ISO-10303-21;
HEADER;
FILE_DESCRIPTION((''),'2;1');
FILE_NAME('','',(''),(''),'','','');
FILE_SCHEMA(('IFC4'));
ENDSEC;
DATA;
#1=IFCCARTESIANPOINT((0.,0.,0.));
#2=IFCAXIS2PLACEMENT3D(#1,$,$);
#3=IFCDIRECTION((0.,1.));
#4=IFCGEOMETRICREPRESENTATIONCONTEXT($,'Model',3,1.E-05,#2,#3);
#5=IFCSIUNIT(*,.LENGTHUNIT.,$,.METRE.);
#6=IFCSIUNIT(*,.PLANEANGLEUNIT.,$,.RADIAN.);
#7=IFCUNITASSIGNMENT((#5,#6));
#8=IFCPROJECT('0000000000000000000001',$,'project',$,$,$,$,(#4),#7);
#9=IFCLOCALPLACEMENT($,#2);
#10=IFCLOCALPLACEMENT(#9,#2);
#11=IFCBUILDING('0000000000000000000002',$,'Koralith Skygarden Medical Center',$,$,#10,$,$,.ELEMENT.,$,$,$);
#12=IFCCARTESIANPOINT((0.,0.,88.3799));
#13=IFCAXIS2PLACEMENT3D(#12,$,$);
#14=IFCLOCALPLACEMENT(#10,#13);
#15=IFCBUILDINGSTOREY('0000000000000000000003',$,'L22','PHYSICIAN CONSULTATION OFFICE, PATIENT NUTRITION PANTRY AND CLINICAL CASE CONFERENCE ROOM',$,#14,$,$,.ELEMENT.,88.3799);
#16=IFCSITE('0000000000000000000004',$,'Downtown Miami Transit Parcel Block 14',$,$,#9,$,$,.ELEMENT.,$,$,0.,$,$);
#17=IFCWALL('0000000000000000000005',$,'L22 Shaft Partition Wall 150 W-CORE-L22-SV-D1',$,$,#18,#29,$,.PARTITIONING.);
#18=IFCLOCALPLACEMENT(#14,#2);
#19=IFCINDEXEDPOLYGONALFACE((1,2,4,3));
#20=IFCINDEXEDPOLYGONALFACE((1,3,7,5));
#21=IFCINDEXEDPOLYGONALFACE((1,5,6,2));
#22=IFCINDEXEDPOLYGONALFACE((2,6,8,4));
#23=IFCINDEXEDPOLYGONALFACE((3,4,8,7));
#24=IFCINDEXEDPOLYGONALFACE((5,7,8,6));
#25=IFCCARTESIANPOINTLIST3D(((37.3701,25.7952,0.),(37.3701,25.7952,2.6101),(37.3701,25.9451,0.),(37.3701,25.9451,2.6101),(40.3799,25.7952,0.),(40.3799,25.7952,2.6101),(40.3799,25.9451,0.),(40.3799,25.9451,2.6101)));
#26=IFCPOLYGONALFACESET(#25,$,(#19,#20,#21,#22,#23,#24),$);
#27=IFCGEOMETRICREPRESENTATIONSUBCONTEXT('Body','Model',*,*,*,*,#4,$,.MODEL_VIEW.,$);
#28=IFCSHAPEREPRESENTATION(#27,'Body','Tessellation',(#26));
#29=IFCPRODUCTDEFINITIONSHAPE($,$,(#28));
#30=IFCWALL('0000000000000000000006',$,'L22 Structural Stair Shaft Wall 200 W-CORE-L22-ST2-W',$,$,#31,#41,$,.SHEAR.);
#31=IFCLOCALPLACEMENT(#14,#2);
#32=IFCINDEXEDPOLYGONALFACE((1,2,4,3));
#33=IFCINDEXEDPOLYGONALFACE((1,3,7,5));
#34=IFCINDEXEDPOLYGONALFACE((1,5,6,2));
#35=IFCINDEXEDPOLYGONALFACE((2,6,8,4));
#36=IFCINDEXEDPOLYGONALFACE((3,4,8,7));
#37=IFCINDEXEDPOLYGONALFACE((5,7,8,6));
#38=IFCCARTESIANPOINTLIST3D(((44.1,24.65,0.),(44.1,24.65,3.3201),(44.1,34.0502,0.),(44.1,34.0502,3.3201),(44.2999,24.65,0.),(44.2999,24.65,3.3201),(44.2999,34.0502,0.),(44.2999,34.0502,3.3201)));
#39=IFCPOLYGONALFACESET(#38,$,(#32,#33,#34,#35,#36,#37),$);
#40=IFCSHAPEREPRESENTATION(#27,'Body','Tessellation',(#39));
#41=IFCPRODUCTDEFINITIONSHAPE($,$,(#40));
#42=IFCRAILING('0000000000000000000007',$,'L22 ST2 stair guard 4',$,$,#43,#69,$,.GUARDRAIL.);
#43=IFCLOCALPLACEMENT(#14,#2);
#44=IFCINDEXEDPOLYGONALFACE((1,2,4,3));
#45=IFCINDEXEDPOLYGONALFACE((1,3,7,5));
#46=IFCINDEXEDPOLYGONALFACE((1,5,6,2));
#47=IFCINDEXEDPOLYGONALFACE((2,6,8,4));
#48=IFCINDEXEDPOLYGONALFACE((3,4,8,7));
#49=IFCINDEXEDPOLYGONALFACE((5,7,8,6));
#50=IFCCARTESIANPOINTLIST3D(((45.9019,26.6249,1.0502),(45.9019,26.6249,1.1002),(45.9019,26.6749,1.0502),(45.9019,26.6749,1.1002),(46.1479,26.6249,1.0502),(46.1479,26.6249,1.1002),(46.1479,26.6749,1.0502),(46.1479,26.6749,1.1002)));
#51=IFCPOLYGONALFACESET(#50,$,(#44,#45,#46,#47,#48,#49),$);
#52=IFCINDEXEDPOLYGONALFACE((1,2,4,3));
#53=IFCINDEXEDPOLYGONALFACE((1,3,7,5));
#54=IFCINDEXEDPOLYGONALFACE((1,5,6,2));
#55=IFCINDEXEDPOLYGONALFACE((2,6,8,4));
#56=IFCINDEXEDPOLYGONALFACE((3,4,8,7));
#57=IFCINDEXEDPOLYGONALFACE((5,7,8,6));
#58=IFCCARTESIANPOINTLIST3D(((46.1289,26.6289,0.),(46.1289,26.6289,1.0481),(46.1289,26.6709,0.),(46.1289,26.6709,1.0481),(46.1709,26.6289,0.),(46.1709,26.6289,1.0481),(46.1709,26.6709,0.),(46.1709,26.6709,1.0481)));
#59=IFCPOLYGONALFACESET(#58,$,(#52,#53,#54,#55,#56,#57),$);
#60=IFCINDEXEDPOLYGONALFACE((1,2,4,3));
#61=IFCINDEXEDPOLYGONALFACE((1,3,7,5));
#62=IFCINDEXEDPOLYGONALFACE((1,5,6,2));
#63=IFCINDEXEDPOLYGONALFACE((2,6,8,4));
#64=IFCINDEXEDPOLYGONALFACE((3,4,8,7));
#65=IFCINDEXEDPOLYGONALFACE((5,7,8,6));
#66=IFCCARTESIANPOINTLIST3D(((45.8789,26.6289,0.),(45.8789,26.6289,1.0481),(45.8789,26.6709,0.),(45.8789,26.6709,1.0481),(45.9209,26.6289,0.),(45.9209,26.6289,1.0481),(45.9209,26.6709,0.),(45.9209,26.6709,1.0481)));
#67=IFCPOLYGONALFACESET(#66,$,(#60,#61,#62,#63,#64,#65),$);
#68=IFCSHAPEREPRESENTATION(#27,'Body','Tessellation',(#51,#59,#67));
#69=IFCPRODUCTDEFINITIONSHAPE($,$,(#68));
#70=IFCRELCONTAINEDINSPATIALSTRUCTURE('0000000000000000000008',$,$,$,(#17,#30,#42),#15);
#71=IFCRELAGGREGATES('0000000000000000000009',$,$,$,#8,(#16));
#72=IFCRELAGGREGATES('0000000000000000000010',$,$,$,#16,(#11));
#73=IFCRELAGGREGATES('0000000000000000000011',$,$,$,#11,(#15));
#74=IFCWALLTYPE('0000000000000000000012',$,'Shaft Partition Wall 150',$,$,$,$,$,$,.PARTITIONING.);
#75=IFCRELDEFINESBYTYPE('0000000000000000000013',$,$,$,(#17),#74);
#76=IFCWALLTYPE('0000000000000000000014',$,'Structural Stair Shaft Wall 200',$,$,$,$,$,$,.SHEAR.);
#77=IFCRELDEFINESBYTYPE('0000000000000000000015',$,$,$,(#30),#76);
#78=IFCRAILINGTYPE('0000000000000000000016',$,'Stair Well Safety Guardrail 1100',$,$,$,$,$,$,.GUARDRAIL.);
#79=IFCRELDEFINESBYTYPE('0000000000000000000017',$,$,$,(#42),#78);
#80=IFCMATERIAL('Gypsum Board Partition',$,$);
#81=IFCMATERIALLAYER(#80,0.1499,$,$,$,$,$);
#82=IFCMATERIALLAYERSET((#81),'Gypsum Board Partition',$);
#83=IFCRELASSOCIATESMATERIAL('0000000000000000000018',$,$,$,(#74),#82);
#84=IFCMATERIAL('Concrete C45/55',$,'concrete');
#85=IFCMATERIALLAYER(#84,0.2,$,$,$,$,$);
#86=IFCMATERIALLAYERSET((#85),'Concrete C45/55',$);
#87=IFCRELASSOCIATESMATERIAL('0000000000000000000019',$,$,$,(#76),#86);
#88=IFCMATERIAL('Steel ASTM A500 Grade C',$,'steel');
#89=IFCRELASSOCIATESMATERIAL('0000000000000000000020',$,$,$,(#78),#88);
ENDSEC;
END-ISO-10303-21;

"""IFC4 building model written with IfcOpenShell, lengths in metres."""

from ifc_helpers import new_model, si_unit, direction, frame, frame_2d, origin, origin_2d, place, context, subcontext, project, spatial, rectangle, extrude, material, layer, layer_set, type_object, element, save


model = new_model("IFC4")

# Units and contexts
model_context = context("Model", 3, precision=1e-05, world=origin(), true_north=direction((0.0, 1.0)))
body_context = subcontext(model_context, "Body", "Model", "MODEL_VIEW")
ifc_project = project(units=[si_unit("LENGTHUNIT", "METRE"), si_unit("PLANEANGLEUNIT", "RADIAN")], contexts=[model_context])

# Site, building, storey
site_placement = place(None, origin())
site = spatial("IfcSite", under=ifc_project, at=site_placement, Name="Downtown Miami Transit Parcel Block 14", CompositionType="ELEMENT", RefElevation=0.0)
building_placement = place(site_placement, origin())
building = spatial("IfcBuilding", under=site, at=building_placement, Name="Koralith Skygarden Medical Center", CompositionType="ELEMENT")
storey_placement = place(building_placement, frame((0.0, 0.0, 88.3799)))
storey = spatial("IfcBuildingStorey", under=building, at=storey_placement, Name="L22", Description="PHYSICIAN CONSULTATION OFFICE, PATIENT NUTRITION PANTRY AND CLINICAL CASE CONFERENCE ROOM", CompositionType="ELEMENT", Elevation=88.3799)

# Shared definitions
ifc_material_1 = material(Name="Gypsum Board Partition")
ifc_material_2 = material(Name="Steel ASTM A500 Grade C", Category="steel")

# Walls
ifc_layer_1 = layer(ifc_material_1, 0.1499)
ifc_layer_set_1 = layer_set([ifc_layer_1], Name="Gypsum Board Partition")
wall_type_1 = type_object("IfcWallType", Name="Shaft Partition Wall 150", PredefinedType="PARTITIONING", material=ifc_layer_set_1)
wall_1_placement = place(storey_placement, frame((37.3701, 25.8701, 0.0), z_axis=(0.0, 0.0, 1.0), x_axis=(1.0, 0.0, 0.0)))
element("IfcWall", 1, at=wall_1_placement, inside=storey, type_object=wall_type_1, Name="L22 Shaft Partition Wall 150 W-CORE-L22-SV-D1", PredefinedType="PARTITIONING", context=body_context, shape_type="SweptSolid", body=[
    extrude(rectangle(XDim=3.0098, YDim=0.1499, at=frame_2d((1.5049, 0.0))), origin(), (0.0, 0.0, 1.0), 2.6101),
])
ifc_material_3 = material(Name="Concrete C45/55", Category="concrete")
ifc_layer_2 = layer(ifc_material_3, 0.2)
ifc_layer_set_2 = layer_set([ifc_layer_2], Name="Concrete C45/55")
wall_type_2 = type_object("IfcWallType", Name="Structural Stair Shaft Wall 200", PredefinedType="SHEAR", material=ifc_layer_set_2)
wall_2_placement = place(storey_placement, frame((44.2, 24.6499, 0.0), z_axis=(0.0, 0.0, 1.0), x_axis=(0.0, 1.0, 0.0)))
element("IfcWall", 2, at=wall_2_placement, inside=storey, type_object=wall_type_2, Name="L22 Structural Stair Shaft Wall 200 W-CORE-L22-ST2-W", PredefinedType="SHEAR", context=body_context, shape_type="SweptSolid", body=[
    extrude(rectangle(XDim=9.4001, YDim=0.2, at=frame_2d((4.7002, 0.0))), origin(), (0.0, 0.0, 1.0), 3.3201),
])

# Railing
railing_type = type_object("IfcRailingType", Name="Stair Well Safety Guardrail 1100", PredefinedType="GUARDRAIL", material=ifc_material_2)
railing_placement = place(storey_placement, frame((46.1499, 26.6499, 0.0)))
element("IfcRailing", 3, at=railing_placement, inside=storey, type_object=railing_type, Name="L22 ST2 stair guard 4", PredefinedType="GUARDRAIL", context=body_context, shape_type="SweptSolid", body=[
    extrude(rectangle(XDim=0.05, YDim=0.05, at=origin_2d()), frame((-0.002, 0.0, 1.0752), z_axis=(-1.0, 0.0, 0.0), x_axis=(0.0, -1.0, 0.0)), (0.0, 0.0, 1.0), 0.2461),
    extrude(rectangle(XDim=0.042, YDim=0.042, at=origin_2d()), origin(), (0.0, 0.0, 1.0), 1.0481),
    extrude(rectangle(XDim=0.042, YDim=0.042, at=origin_2d()), frame((-0.25, 0.0, 0.0)), (0.0, 0.0, 1.0), 1.0481),
])

save(model, "model.ifc")
